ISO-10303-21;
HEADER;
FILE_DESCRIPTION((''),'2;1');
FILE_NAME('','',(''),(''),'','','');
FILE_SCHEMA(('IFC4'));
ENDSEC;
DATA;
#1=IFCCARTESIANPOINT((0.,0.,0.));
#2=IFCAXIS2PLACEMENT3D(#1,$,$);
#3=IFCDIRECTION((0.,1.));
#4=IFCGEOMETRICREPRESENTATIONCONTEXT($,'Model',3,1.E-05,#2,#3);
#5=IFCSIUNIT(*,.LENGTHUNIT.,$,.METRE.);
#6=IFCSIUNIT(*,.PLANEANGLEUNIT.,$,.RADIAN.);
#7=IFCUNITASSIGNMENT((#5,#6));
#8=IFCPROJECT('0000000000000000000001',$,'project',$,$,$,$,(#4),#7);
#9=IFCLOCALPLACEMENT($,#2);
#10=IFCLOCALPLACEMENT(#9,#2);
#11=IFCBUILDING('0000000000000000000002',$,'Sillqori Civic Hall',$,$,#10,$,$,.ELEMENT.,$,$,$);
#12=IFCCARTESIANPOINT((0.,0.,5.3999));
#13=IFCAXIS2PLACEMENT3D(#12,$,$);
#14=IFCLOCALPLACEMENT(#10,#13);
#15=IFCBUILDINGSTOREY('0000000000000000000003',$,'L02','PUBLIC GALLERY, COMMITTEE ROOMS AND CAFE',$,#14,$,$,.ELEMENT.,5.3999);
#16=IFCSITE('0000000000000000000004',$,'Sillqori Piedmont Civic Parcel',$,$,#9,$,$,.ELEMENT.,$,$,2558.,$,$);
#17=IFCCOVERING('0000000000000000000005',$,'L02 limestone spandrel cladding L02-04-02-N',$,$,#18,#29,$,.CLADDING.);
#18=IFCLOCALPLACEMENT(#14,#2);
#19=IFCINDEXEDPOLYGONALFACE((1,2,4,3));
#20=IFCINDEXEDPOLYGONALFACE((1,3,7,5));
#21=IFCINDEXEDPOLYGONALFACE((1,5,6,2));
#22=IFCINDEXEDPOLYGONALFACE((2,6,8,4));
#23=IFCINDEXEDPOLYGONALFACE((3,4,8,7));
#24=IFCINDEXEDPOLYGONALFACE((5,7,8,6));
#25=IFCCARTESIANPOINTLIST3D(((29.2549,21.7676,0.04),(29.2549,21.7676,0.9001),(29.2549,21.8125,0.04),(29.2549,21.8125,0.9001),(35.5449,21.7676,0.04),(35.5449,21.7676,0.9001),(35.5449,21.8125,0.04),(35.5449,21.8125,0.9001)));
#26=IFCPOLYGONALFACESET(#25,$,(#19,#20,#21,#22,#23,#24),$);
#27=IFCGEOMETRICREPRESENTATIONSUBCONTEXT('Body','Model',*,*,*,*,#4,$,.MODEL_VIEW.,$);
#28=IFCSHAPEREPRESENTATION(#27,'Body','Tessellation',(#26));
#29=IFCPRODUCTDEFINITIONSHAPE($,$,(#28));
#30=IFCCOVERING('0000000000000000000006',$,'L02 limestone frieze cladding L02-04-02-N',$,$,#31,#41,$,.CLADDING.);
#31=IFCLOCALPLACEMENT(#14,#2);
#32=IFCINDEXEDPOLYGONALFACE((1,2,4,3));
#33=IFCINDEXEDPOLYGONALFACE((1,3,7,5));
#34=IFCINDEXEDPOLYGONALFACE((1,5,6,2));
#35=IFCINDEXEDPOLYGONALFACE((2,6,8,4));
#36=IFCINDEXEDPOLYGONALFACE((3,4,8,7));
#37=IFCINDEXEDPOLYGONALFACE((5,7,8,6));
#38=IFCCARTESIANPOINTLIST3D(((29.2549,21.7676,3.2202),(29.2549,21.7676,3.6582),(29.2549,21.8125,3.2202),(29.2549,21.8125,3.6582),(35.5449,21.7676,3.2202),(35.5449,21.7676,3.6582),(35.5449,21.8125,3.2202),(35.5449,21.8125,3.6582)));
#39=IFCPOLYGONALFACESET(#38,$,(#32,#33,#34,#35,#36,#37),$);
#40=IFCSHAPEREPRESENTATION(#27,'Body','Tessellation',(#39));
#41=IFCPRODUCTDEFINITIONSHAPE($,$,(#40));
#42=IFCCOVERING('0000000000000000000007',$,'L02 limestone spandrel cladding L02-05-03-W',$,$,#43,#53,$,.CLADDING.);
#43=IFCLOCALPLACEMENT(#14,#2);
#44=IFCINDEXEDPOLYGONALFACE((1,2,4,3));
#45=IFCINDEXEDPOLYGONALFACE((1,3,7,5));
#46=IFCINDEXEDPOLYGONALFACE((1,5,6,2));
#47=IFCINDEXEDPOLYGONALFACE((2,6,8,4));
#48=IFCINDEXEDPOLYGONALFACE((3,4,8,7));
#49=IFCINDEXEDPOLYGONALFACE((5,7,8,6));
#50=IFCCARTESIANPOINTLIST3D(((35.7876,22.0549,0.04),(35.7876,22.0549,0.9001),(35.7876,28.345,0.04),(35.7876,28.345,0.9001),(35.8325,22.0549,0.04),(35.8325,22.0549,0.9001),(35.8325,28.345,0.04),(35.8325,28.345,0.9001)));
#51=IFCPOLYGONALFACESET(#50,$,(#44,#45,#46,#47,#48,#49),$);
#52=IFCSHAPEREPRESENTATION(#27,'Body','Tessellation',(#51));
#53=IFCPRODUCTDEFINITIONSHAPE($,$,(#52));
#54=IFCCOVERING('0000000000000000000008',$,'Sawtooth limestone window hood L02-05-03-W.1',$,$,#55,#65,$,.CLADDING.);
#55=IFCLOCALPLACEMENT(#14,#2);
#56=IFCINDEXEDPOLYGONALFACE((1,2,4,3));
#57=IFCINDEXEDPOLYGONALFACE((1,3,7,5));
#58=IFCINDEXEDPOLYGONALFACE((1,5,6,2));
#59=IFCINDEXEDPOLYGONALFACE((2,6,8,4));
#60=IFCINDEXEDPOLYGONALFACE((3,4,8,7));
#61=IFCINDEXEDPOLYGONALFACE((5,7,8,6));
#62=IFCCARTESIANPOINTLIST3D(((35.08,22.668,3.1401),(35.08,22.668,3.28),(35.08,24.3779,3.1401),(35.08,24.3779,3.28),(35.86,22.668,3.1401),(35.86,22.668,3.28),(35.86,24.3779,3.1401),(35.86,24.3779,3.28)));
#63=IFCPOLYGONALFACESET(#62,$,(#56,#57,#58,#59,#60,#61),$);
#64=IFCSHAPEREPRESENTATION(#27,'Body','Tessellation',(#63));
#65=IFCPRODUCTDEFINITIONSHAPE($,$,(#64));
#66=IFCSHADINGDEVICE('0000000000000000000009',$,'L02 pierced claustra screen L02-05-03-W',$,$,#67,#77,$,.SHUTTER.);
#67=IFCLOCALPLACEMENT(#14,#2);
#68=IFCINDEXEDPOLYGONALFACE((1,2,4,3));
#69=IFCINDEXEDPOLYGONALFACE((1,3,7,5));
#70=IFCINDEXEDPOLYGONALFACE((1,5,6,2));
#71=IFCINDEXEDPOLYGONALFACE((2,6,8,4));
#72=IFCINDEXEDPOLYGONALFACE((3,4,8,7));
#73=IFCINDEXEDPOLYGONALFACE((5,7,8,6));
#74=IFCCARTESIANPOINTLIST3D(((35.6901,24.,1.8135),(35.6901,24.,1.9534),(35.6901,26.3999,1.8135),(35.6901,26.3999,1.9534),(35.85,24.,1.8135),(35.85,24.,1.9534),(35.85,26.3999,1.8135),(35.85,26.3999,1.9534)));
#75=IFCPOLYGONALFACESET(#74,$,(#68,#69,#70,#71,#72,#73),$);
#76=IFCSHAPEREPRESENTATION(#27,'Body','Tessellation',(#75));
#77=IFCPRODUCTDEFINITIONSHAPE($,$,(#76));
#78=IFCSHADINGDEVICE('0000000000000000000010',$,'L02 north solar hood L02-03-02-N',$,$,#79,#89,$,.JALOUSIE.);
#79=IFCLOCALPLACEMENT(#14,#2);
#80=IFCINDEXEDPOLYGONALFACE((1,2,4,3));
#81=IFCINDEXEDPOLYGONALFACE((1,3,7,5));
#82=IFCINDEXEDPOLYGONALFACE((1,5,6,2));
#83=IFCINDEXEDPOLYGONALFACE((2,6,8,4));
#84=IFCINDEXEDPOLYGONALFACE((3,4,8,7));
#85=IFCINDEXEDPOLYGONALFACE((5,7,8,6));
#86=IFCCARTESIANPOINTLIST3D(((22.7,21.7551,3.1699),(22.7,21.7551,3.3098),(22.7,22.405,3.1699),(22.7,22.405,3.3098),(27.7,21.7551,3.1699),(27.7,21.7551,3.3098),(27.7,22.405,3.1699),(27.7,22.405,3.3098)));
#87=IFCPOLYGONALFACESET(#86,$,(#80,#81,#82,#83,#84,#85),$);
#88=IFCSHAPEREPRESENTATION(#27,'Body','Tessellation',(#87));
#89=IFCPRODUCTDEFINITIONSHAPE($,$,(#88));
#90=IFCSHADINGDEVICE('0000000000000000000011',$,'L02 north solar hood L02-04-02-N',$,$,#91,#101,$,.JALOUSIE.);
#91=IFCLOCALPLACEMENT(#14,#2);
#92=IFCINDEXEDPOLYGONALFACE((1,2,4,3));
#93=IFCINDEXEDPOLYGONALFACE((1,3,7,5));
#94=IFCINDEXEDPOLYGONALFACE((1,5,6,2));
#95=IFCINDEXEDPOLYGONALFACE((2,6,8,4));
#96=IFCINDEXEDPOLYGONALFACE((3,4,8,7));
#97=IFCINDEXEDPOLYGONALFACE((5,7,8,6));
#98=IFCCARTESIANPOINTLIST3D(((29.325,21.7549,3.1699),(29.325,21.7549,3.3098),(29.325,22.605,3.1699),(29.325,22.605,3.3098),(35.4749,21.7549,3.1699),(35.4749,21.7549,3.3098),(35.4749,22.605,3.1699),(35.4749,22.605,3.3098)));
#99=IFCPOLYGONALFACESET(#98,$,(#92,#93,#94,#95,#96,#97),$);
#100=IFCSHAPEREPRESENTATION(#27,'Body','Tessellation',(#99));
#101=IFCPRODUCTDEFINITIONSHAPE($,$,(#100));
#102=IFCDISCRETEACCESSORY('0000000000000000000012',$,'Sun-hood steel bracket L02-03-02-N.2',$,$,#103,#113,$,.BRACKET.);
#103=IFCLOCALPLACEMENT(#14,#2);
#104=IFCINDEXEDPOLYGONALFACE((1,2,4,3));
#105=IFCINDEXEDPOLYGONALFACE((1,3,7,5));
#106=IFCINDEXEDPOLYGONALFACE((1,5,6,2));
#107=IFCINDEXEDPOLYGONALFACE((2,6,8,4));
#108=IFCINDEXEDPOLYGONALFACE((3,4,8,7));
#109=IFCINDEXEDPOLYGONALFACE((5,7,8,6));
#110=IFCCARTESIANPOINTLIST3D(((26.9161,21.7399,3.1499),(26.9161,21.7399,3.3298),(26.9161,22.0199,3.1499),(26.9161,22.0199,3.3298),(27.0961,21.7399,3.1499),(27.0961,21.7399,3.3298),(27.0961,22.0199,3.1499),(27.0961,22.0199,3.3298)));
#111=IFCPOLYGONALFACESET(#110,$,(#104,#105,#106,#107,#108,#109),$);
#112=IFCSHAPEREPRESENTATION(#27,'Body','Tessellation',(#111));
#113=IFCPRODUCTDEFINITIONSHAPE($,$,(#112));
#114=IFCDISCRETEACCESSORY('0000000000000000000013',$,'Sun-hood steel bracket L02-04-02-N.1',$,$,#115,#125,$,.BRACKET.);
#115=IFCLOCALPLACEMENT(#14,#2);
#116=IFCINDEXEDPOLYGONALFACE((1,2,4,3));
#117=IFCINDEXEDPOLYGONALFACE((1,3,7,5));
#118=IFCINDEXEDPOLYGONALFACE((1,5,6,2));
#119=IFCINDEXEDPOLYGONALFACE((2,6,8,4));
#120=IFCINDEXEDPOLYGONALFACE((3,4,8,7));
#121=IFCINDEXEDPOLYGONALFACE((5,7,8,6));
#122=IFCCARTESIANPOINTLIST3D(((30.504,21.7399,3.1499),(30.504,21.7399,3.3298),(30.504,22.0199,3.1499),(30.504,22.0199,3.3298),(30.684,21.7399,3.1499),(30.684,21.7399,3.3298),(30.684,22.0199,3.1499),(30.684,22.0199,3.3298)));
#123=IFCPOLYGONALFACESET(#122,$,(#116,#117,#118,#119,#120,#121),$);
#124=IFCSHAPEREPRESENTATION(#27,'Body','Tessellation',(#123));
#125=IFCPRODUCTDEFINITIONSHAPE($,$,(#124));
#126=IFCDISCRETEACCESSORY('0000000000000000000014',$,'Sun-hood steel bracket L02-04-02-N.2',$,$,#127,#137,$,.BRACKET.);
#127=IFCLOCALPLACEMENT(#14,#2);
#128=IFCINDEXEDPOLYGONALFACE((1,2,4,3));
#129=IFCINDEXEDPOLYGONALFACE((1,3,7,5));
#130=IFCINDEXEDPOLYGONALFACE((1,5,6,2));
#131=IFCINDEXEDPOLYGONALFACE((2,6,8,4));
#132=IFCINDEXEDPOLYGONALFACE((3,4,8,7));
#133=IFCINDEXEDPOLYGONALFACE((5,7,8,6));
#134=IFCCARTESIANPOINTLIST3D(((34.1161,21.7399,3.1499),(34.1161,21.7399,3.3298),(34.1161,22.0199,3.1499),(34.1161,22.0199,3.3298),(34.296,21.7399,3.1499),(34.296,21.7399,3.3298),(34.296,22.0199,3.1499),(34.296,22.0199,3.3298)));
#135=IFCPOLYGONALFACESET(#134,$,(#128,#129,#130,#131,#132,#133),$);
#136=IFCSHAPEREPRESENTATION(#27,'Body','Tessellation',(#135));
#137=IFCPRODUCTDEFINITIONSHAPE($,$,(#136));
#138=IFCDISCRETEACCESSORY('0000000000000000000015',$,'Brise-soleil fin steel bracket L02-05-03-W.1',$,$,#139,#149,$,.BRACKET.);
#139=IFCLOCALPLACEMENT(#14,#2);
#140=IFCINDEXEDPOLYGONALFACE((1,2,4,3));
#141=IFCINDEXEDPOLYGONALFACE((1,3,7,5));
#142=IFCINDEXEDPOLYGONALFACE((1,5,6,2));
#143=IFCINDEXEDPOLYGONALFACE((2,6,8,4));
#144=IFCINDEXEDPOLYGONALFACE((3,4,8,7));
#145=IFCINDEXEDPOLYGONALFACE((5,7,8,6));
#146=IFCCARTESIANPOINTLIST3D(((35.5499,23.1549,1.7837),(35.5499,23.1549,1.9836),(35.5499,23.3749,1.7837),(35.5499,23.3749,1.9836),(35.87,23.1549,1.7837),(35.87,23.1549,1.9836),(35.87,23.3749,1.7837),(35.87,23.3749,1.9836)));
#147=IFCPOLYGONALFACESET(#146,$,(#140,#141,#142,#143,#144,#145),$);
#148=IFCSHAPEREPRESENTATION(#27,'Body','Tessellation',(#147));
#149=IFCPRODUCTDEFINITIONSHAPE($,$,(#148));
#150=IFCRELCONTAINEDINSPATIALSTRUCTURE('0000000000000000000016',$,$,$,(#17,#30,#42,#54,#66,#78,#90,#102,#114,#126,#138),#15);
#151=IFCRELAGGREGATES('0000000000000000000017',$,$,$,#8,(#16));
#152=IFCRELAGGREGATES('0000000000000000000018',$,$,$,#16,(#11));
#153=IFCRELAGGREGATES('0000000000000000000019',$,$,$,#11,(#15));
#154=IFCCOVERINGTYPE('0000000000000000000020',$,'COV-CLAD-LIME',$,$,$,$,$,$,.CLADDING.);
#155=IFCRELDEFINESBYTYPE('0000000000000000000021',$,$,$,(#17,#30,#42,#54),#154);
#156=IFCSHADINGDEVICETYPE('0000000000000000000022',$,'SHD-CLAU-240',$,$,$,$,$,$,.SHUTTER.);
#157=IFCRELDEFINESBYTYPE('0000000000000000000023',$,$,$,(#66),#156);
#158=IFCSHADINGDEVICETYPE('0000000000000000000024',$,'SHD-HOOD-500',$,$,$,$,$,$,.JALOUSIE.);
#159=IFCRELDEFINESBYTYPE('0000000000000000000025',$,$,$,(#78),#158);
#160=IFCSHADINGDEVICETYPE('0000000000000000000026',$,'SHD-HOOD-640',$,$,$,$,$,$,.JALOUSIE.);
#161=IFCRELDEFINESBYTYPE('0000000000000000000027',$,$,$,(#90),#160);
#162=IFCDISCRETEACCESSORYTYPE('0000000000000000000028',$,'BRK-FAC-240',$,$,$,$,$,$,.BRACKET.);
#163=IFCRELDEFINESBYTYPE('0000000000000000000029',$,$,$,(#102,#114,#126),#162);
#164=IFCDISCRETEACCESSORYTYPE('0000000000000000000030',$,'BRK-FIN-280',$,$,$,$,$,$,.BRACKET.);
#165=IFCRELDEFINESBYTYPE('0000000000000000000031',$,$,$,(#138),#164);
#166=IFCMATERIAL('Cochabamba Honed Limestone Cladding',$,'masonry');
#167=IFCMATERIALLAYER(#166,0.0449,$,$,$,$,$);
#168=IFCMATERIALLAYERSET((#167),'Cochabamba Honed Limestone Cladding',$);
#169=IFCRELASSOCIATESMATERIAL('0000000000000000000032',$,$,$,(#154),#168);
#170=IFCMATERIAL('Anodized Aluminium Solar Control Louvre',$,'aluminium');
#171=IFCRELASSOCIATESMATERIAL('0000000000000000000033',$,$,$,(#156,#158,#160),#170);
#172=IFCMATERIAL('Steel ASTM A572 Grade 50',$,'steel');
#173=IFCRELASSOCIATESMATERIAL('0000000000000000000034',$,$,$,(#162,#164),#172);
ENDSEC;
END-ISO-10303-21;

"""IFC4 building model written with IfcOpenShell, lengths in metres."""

from ifc_helpers import new_model, si_unit, direction, frame, frame_2d, origin, origin_2d, place, context, subcontext, project, spatial, rectangle, extrude, material, layer, layer_set, type_object, element, save


model = new_model("IFC4")

# Units and contexts
model_context = context("Model", 3, precision=1e-05, world=origin(), true_north=direction((0.0, 1.0)))
body_context = subcontext(model_context, "Body", "Model", "MODEL_VIEW")
ifc_project = project(units=[si_unit("LENGTHUNIT", "METRE"), si_unit("PLANEANGLEUNIT", "RADIAN")], contexts=[model_context])

# Site, building, storey
site_placement = place(None, origin())
site = spatial("IfcSite", under=ifc_project, at=site_placement, Name="Sillqori Piedmont Civic Parcel", CompositionType="ELEMENT", RefElevation=2558.0)
building_placement = place(site_placement, origin())
building = spatial("IfcBuilding", under=site, at=building_placement, Name="Sillqori Civic Hall", CompositionType="ELEMENT")
storey_placement = place(building_placement, frame((0.0, 0.0, 5.3999)))
storey = spatial("IfcBuildingStorey", under=building, at=storey_placement, Name="L02", Description="PUBLIC GALLERY, COMMITTEE ROOMS AND CAFE", CompositionType="ELEMENT", Elevation=5.3999)

# Coverings
ifc_material_1 = material(Name="Cochabamba Honed Limestone Cladding", Category="masonry")
ifc_layer_1 = layer(ifc_material_1, 0.0449)
ifc_layer_set_1 = layer_set([ifc_layer_1], Name="Cochabamba Honed Limestone Cladding")
covering_type = type_object("IfcCoveringType", Name="COV-CLAD-LIME", PredefinedType="CLADDING", material=ifc_layer_set_1)
covering_1_placement = place(storey_placement, frame((29.2549, 21.79, 0.04), z_axis=(0.0, 0.0, 1.0), x_axis=(1.0, 0.0, 0.0)))
element("IfcCovering", 1, at=covering_1_placement, inside=storey, type_object=covering_type, Name="L02 limestone spandrel cladding L02-04-02-N", PredefinedType="CLADDING", context=body_context, shape_type="SweptSolid", body=[
    extrude(rectangle(XDim=6.29, YDim=0.0449, at=frame_2d((3.145, 0.0))), origin(), (0.0, 0.0, 1.0), 0.8601),
])
covering_2_placement = place(storey_placement, frame((29.2549, 21.79, 3.2202), z_axis=(0.0, 0.0, 1.0), x_axis=(1.0, 0.0, 0.0)))
element("IfcCovering", 2, at=covering_2_placement, inside=storey, type_object=covering_type, Name="L02 limestone frieze cladding L02-04-02-N", PredefinedType="CLADDING", context=body_context, shape_type="SweptSolid", body=[
    extrude(rectangle(XDim=6.29, YDim=0.0449, at=frame_2d((3.145, 0.0))), origin(), (0.0, 0.0, 1.0), 0.438),
])
covering_3_placement = place(storey_placement, frame((35.8101, 22.0549, 0.04), z_axis=(0.0, 0.0, 1.0), x_axis=(0.0, 1.0, 0.0)))
element("IfcCovering", 3, at=covering_3_placement, inside=storey, type_object=covering_type, Name="L02 limestone spandrel cladding L02-05-03-W", PredefinedType="CLADDING", context=body_context, shape_type="SweptSolid", body=[
    extrude(rectangle(XDim=6.29, YDim=0.0449, at=frame_2d((3.145, 0.0))), origin(), (0.0, 0.0, 1.0), 0.8601),
])
covering_4_placement = place(storey_placement, frame((35.47, 22.668, 3.1401), z_axis=(0.0, 0.0, 1.0), x_axis=(0.0, 1.0, 0.0)))
element("IfcCovering", 4, at=covering_4_placement, inside=storey, type_object=covering_type, Name="Sawtooth limestone window hood L02-05-03-W.1", PredefinedType="CLADDING", context=body_context, shape_type="SweptSolid", body=[
    extrude(rectangle(XDim=1.71, YDim=0.78, at=frame_2d((0.855, 0.0))), origin(), (0.0, 0.0, 1.0), 0.1399),
])

# Shading devices
ifc_material_2 = material(Name="Anodized Aluminium Solar Control Louvre", Category="aluminium")
shading_device_type_1 = type_object("IfcShadingDeviceType", Name="SHD-CLAU-240", PredefinedType="SHUTTER", material=ifc_material_2)
shading_device_1_placement = place(storey_placement, frame((35.77, 25.2, 1.8135), z_axis=(0.0, 0.0, 1.0), x_axis=(0.0, 1.0, 0.0)))
element("IfcShadingDevice", 5, at=shading_device_1_placement, inside=storey, type_object=shading_device_type_1, Name="L02 pierced claustra screen L02-05-03-W", PredefinedType="SHUTTER", context=body_context, shape_type="SweptSolid", body=[
    extrude(rectangle(XDim=2.3999, YDim=0.1599, at=origin_2d()), origin(), (0.0, 0.0, 1.0), 0.1399),
])
shading_device_type_2 = type_object("IfcShadingDeviceType", Name="SHD-HOOD-500", PredefinedType="JALOUSIE", material=ifc_material_2)
shading_device_2_placement = place(storey_placement, frame((25.2, 22.0801, 3.1699), z_axis=(0.0, 0.0, 1.0), x_axis=(1.0, 0.0, 0.0)))
element("IfcShadingDevice", 6, at=shading_device_2_placement, inside=storey, type_object=shading_device_type_2, Name="L02 north solar hood L02-03-02-N", PredefinedType="JALOUSIE", context=body_context, shape_type="SweptSolid", body=[
    extrude(rectangle(XDim=5.0, YDim=0.6499, at=origin_2d()), origin(), (0.0, 0.0, 1.0), 0.1399),
])
shading_device_type_3 = type_object("IfcShadingDeviceType", Name="SHD-HOOD-640", PredefinedType="JALOUSIE", material=ifc_material_2)
shading_device_3_placement = place(storey_placement, frame((32.3999, 22.1799, 3.1699), z_axis=(0.0, 0.0, 1.0), x_axis=(1.0, 0.0, 0.0)))
element("IfcShadingDevice", 7, at=shading_device_3_placement, inside=storey, type_object=shading_device_type_3, Name="L02 north solar hood L02-04-02-N", PredefinedType="JALOUSIE", context=body_context, shape_type="SweptSolid", body=[
    extrude(rectangle(XDim=6.1499, YDim=0.8501, at=origin_2d()), origin(), (0.0, 0.0, 1.0), 0.1399),
])

# Discrete accessories
ifc_material_3 = material(Name="Steel ASTM A572 Grade 50", Category="steel")
discrete_accessory_type_1 = type_object("IfcDiscreteAccessoryType", Name="BRK-FAC-240", PredefinedType="BRACKET", material=ifc_material_3)
for number, where, z_axis, x_axis, name in (
    (8, (27.0061, 21.8799, 3.1499), (0.0, 0.0, 1.0), (1.0, 0.0, 0.0), "Sun-hood steel bracket L02-03-02-N.2"),
    (9, (30.594, 21.8799, 3.1499), (0.0, 0.0, 1.0), (1.0, 0.0, 0.0), "Sun-hood steel bracket L02-04-02-N.1"),
    (10, (34.2061, 21.8799, 3.1499), (0.0, 0.0, 1.0), (1.0, 0.0, 0.0), "Sun-hood steel bracket L02-04-02-N.2"),
):
    element("IfcDiscreteAccessory", number, at=place(storey_placement, frame(where, z_axis=z_axis, x_axis=x_axis)), inside=storey, type_object=discrete_accessory_type_1, Name=name, PredefinedType="BRACKET", context=body_context, shape_type="SweptSolid", body=[
        extrude(rectangle(XDim=0.1799, YDim=0.28, at=origin_2d()), origin(), (0.0, 0.0, 1.0), 0.1799),
    ])
discrete_accessory_type_2 = type_object("IfcDiscreteAccessoryType", Name="BRK-FIN-280", PredefinedType="BRACKET", material=ifc_material_3)
discrete_accessory_placement = place(storey_placement, frame((35.71, 23.2649, 1.7837), z_axis=(0.0, 0.0, 1.0), x_axis=(0.0, 1.0, 0.0)))
element("IfcDiscreteAccessory", 11, at=discrete_accessory_placement, inside=storey, type_object=discrete_accessory_type_2, Name="Brise-soleil fin steel bracket L02-05-03-W.1", PredefinedType="BRACKET", context=body_context, shape_type="SweptSolid", body=[
    extrude(rectangle(XDim=0.22, YDim=0.3201, at=origin_2d()), origin(), (0.0, 0.0, 1.0), 0.2),
])

save(model, "model.ifc")
